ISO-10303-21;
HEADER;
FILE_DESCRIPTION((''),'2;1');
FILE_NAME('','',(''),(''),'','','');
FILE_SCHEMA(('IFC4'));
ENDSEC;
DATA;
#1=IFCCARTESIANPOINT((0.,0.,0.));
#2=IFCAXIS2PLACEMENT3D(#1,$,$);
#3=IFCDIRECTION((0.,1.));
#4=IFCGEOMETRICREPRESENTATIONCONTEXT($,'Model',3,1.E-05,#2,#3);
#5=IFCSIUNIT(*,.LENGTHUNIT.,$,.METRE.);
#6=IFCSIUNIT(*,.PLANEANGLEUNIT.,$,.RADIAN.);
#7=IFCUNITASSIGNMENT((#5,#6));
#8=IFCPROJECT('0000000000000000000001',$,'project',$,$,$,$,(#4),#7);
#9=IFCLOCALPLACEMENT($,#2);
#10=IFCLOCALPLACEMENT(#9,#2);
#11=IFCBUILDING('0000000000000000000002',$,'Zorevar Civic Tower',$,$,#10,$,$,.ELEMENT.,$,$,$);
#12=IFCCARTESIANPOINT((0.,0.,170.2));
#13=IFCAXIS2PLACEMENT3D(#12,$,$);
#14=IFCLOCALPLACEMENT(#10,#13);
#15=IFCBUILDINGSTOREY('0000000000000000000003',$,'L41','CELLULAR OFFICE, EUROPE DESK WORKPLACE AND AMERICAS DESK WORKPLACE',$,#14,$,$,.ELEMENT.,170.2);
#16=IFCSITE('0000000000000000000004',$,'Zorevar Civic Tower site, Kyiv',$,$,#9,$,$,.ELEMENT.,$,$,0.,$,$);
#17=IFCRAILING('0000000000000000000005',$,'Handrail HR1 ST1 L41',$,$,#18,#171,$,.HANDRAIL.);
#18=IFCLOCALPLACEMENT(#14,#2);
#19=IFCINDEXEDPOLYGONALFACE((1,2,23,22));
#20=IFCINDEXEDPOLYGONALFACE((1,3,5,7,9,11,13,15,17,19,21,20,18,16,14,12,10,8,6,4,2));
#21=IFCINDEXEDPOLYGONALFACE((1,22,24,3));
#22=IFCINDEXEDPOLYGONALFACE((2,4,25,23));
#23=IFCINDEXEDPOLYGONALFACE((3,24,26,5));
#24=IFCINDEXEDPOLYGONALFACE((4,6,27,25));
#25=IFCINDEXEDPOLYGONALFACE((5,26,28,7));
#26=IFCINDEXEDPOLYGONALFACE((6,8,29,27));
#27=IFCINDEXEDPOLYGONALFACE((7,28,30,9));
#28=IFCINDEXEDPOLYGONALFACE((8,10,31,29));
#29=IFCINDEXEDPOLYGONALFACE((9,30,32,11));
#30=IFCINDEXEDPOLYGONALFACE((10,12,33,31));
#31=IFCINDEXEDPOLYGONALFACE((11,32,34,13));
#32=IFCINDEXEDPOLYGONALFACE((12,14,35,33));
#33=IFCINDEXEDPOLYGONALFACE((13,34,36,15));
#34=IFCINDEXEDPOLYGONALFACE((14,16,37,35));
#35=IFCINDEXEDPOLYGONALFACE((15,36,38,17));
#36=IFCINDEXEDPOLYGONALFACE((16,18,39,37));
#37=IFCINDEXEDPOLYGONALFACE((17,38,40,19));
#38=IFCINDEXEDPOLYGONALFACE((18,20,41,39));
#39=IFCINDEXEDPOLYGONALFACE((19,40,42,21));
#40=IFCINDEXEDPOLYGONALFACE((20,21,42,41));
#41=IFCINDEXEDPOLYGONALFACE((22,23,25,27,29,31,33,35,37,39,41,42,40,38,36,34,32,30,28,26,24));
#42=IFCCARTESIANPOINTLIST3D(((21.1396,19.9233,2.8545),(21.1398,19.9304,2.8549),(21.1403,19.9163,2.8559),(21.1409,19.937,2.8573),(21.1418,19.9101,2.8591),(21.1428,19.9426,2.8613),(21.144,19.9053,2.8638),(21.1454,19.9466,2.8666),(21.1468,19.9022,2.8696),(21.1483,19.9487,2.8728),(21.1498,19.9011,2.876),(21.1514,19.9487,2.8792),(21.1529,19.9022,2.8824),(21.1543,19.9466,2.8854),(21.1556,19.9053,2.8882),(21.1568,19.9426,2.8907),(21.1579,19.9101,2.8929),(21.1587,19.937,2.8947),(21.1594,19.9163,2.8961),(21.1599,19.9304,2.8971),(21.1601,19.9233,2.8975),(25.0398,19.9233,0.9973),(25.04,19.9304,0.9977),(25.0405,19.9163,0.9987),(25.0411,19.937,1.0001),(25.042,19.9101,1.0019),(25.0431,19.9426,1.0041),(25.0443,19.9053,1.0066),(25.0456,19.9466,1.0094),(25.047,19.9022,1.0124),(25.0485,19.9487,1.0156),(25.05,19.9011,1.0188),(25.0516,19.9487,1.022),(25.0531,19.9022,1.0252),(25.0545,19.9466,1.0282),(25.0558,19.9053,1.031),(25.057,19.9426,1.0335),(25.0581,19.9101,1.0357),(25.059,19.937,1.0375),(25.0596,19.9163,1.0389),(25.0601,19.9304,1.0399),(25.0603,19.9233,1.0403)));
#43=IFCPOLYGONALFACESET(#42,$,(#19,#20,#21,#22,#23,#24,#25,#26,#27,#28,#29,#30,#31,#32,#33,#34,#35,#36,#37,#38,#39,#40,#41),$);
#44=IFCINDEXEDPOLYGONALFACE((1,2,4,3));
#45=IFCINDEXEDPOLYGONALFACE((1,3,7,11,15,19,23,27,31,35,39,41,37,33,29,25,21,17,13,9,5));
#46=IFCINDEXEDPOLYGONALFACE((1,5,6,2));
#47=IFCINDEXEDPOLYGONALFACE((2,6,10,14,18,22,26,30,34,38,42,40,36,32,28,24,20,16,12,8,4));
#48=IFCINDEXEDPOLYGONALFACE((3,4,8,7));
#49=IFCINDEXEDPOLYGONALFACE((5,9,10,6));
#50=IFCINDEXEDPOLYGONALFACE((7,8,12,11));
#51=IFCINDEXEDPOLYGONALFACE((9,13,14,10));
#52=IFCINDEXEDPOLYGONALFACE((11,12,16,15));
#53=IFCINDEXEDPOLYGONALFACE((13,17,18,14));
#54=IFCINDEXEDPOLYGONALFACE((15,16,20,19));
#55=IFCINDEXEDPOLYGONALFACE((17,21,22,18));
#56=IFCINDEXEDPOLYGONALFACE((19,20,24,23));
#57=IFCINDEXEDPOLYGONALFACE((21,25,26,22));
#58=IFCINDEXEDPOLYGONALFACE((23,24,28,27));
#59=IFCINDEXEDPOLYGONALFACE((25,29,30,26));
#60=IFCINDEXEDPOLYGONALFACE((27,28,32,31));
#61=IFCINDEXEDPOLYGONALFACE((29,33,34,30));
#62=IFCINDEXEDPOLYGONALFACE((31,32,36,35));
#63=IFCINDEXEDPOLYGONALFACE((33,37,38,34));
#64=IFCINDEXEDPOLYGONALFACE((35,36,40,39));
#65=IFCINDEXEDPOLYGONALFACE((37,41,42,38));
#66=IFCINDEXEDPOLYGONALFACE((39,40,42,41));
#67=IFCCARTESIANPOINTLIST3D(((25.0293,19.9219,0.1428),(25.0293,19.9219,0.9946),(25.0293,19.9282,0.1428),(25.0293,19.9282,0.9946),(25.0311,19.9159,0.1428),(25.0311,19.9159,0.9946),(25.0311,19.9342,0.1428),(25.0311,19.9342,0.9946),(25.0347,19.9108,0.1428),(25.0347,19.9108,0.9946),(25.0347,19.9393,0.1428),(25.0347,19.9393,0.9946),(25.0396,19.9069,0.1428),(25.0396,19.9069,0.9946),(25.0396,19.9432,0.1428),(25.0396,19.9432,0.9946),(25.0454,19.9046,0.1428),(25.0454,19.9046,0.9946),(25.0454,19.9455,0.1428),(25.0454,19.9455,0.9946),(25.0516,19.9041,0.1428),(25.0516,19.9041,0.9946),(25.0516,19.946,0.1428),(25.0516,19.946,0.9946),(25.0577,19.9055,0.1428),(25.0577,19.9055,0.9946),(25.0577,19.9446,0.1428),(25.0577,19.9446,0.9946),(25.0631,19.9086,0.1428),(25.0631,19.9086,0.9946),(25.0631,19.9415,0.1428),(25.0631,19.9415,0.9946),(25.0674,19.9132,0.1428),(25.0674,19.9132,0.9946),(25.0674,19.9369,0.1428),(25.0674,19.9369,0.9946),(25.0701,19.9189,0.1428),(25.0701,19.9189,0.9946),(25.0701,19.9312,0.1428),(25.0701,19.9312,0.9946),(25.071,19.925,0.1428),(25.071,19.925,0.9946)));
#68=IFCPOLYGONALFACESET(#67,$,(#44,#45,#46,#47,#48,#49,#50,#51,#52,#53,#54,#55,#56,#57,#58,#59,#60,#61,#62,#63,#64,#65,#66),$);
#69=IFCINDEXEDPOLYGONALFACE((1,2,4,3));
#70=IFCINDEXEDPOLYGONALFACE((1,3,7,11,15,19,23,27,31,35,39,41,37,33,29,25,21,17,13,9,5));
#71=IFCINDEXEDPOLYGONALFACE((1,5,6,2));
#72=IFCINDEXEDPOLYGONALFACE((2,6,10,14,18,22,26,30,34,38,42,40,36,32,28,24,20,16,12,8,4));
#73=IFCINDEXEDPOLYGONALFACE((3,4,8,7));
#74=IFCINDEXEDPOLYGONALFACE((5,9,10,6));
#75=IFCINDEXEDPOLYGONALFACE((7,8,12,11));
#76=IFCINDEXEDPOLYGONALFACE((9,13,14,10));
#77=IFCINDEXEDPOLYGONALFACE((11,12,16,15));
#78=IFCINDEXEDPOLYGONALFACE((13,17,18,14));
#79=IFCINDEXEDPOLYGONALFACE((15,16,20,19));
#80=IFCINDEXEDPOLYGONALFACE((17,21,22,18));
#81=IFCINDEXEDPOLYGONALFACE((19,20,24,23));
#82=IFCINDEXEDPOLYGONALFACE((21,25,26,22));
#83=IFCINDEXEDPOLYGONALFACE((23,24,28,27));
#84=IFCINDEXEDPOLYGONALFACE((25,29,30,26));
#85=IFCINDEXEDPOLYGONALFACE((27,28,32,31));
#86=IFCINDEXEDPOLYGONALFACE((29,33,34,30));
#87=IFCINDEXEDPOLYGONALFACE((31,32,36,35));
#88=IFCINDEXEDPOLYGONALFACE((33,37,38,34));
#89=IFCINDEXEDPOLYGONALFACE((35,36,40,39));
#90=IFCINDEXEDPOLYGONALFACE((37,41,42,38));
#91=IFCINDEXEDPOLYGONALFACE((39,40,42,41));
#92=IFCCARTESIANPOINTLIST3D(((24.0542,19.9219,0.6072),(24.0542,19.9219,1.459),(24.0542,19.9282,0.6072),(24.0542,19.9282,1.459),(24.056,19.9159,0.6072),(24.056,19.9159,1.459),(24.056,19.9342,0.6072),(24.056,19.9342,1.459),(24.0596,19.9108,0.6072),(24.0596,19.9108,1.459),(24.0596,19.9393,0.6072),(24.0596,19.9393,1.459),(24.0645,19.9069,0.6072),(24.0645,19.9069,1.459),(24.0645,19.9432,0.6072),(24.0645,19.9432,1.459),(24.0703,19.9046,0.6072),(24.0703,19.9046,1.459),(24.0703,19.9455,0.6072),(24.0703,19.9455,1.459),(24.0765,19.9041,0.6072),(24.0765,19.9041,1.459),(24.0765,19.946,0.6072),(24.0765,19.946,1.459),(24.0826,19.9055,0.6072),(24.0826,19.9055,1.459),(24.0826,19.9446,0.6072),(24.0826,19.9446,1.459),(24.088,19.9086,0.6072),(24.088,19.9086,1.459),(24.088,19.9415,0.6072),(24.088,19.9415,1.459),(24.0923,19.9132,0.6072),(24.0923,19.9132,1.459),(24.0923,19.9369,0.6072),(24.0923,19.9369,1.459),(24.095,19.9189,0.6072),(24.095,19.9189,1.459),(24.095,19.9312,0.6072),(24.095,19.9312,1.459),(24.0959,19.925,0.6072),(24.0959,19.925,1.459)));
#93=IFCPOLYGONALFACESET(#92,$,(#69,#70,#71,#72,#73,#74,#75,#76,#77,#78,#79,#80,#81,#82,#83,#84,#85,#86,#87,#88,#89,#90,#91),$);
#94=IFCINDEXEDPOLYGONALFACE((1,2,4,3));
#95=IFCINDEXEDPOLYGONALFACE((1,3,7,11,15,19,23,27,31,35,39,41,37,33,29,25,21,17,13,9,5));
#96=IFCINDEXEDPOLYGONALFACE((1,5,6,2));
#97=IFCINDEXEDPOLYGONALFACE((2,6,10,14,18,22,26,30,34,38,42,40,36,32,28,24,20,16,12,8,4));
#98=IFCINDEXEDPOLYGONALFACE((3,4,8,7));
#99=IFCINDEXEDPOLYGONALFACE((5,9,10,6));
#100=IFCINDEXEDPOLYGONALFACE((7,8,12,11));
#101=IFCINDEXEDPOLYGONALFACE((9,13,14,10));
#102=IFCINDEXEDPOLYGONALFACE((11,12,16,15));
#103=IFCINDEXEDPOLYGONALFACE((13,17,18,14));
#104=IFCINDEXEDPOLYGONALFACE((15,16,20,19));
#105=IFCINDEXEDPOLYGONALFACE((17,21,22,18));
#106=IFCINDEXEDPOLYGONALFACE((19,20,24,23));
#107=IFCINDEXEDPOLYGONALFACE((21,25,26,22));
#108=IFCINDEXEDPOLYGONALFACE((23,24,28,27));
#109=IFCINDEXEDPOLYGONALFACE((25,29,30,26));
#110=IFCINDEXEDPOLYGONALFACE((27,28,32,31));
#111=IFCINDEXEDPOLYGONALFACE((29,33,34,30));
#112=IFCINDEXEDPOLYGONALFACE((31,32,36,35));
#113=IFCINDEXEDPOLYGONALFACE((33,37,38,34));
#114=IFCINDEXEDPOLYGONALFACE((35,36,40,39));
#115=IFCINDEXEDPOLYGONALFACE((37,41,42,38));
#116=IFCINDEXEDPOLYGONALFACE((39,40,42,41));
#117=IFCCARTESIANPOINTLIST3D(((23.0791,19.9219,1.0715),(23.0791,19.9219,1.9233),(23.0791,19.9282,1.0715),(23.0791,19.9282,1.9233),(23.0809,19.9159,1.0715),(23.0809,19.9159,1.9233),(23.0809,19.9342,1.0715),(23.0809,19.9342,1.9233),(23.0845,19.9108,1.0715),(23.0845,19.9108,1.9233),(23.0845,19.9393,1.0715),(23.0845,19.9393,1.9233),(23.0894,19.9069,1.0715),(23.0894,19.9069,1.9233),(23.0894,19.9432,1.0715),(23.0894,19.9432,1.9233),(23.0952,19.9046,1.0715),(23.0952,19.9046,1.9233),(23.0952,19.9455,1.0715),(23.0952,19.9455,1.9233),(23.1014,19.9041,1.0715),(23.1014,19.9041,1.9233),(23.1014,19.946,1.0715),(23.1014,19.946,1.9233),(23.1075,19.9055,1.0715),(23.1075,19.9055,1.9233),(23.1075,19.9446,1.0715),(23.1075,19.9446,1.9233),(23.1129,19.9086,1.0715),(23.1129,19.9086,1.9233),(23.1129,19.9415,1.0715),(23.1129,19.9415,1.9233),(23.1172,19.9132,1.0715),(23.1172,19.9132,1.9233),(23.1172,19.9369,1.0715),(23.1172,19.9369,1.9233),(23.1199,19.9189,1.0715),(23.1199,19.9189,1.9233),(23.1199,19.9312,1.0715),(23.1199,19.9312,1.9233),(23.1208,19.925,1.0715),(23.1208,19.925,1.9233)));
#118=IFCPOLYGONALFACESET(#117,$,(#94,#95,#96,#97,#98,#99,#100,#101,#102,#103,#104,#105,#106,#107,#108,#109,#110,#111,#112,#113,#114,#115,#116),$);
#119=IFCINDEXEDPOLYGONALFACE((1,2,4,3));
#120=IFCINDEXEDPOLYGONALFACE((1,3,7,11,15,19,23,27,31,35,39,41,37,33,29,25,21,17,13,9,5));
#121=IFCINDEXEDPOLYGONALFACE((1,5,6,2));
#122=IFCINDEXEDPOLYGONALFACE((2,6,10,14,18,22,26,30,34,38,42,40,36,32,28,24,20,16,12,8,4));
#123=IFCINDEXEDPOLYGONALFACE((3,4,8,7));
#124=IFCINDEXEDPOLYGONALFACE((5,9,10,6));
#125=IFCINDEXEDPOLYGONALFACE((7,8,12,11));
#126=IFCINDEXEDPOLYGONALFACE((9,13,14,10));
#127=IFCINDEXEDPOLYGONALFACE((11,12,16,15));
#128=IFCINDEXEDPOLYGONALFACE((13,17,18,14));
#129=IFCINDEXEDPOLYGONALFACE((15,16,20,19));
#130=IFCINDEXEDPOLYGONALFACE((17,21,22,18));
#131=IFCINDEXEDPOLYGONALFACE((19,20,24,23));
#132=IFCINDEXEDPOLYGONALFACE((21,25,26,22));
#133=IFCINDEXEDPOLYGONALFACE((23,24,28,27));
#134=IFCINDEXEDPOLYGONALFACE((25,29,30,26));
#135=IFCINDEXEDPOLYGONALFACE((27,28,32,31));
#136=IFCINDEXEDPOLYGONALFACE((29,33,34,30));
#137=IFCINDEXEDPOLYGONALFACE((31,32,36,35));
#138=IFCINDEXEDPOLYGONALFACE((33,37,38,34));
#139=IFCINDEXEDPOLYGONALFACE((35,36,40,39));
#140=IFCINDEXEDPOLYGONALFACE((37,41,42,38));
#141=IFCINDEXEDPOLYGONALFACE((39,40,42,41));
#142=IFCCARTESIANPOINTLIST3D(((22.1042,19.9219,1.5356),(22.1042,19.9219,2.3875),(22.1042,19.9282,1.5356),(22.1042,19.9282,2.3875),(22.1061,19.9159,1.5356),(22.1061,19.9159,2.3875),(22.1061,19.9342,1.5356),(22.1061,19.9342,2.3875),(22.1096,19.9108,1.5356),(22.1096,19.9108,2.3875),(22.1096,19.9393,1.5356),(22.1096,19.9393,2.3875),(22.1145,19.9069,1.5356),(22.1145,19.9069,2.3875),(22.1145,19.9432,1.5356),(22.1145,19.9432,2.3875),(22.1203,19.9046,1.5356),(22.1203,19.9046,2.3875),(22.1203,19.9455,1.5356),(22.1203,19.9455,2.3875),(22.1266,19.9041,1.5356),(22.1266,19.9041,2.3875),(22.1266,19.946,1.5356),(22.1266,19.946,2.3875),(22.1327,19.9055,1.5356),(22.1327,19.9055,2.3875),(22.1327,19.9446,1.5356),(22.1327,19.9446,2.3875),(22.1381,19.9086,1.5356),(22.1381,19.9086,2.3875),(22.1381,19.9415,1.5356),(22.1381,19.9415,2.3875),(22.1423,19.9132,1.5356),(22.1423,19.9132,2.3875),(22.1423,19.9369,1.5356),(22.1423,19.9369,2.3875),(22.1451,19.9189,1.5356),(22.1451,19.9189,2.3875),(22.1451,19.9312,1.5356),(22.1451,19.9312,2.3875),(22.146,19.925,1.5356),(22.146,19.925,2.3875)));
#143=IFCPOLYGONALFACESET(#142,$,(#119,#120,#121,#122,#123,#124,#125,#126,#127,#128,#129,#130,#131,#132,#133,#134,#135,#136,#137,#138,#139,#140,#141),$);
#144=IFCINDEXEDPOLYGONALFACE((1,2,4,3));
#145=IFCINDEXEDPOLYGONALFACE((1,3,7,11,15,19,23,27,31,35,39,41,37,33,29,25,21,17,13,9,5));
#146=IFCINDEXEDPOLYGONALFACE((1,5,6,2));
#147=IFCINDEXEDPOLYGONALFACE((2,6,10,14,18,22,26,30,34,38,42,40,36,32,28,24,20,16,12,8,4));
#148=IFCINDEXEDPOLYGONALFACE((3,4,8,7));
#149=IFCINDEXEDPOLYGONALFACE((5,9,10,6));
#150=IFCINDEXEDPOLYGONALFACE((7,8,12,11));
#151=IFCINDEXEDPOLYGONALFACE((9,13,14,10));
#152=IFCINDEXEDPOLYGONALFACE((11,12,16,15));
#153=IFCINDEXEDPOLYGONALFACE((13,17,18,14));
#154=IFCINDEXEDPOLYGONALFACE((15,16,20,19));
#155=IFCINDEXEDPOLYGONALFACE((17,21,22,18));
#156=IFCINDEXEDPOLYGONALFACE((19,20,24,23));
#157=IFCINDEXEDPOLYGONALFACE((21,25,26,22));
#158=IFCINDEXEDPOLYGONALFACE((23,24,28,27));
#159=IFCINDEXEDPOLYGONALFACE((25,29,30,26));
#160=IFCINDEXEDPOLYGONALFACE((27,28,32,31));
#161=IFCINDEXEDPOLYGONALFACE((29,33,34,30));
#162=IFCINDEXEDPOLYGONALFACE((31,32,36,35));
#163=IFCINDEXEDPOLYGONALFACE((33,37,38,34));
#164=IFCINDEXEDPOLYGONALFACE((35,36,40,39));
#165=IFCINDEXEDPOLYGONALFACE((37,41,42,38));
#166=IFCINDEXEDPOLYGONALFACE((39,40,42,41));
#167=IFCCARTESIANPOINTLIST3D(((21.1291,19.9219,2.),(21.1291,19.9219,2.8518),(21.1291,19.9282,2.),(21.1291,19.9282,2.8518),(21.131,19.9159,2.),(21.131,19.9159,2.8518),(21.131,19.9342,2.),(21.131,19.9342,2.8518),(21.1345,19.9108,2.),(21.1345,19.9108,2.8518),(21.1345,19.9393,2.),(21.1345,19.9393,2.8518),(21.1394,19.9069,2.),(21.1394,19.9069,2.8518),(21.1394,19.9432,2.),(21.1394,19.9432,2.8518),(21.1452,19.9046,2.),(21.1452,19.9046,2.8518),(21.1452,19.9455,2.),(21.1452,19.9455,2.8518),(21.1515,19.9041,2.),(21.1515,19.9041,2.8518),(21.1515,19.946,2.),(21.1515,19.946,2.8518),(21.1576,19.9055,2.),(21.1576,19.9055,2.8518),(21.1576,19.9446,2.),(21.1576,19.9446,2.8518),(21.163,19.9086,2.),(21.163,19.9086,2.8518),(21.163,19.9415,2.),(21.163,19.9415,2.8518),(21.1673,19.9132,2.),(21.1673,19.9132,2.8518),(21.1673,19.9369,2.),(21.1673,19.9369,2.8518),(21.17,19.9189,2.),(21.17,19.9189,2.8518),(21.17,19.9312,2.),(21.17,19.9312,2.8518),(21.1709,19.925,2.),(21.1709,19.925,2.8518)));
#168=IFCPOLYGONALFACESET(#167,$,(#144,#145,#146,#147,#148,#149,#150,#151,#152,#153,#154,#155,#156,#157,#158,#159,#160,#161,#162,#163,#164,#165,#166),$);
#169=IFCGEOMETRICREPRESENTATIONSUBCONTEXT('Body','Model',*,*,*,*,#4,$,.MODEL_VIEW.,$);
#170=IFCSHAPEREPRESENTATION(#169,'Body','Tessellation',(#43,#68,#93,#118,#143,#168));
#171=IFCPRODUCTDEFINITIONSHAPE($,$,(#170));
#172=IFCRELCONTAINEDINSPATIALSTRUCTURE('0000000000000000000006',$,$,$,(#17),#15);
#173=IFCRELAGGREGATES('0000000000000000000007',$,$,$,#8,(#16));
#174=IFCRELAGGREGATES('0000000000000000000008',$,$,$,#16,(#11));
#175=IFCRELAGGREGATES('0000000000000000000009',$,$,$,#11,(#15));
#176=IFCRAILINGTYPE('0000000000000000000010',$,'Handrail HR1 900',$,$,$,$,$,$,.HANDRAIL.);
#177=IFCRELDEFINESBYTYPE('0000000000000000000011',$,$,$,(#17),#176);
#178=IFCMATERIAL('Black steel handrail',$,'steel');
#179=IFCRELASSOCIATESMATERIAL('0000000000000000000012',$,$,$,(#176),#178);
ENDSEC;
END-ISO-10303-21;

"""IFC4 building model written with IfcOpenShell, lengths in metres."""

from ifc_helpers import new_model, si_unit, direction, frame, origin, origin_2d, place, context, subcontext, project, spatial, circle, extrude, material, type_object, element, save


model = new_model("IFC4")

# Units and contexts
model_context = context("Model", 3, precision=1e-05, world=origin(), true_north=direction((0.0, 1.0)))
body_context = subcontext(model_context, "Body", "Model", "MODEL_VIEW")
ifc_project = project(units=[si_unit("LENGTHUNIT", "METRE"), si_unit("PLANEANGLEUNIT", "RADIAN")], contexts=[model_context])

# Site, building, storey
site_placement = place(None, origin())
site = spatial("IfcSite", under=ifc_project, at=site_placement, Name="Zorevar Civic Tower site, Kyiv", CompositionType="ELEMENT", RefElevation=0.0)
building_placement = place(site_placement, origin())
building = spatial("IfcBuilding", under=site, at=building_placement, Name="Zorevar Civic Tower", CompositionType="ELEMENT")
storey_placement = place(building_placement, frame((0.0, 0.0, 170.2)))
storey = spatial("IfcBuildingStorey", under=building, at=storey_placement, Name="L41", Description="CELLULAR OFFICE, EUROPE DESK WORKPLACE AND AMERICAS DESK WORKPLACE", CompositionType="ELEMENT", Elevation=170.2)

# Railing
ifc_material_1 = material(Name="Black steel handrail", Category="steel")
railing_type = type_object("IfcRailingType", Name="Handrail HR1 900", PredefinedType="HANDRAIL", material=ifc_material_1)
railing_1_placement = place(storey_placement, frame((25.05, 19.925, 0.1428)))
element("IfcRailing", 1, at=railing_1_placement, inside=storey, type_object=railing_type, Name="Handrail HR1 ST1 L41", PredefinedType="HANDRAIL", context=body_context, shape_type="SweptSolid", body=[
    extrude(circle(Radius=0.0239, at=origin_2d()), frame((0.0, 0.0, 0.876), z_axis=(-0.902864, 0.0, 0.429927), x_axis=(0.0, -1.0, 0.0)), (0.0, 0.0, 1.0), 4.3198),
    extrude(circle(Radius=0.021, at=origin_2d()), origin(), (0.0, 0.0, 1.0), 0.8518),
    extrude(circle(Radius=0.021, at=origin_2d()), frame((-0.9751, 0.0, 0.4644)), (0.0, 0.0, 1.0), 0.8518),
    extrude(circle(Radius=0.021, at=origin_2d()), frame((-1.9502, 0.0, 0.9287)), (0.0, 0.0, 1.0), 0.8518),
    extrude(circle(Radius=0.021, at=origin_2d()), frame((-2.925, 0.0, 1.3928)), (0.0, 0.0, 1.0), 0.8518),
    extrude(circle(Radius=0.021, at=origin_2d()), frame((-3.9001, 0.0, 1.8572)), (0.0, 0.0, 1.0), 0.8518),
])

save(model, "model.ifc")
